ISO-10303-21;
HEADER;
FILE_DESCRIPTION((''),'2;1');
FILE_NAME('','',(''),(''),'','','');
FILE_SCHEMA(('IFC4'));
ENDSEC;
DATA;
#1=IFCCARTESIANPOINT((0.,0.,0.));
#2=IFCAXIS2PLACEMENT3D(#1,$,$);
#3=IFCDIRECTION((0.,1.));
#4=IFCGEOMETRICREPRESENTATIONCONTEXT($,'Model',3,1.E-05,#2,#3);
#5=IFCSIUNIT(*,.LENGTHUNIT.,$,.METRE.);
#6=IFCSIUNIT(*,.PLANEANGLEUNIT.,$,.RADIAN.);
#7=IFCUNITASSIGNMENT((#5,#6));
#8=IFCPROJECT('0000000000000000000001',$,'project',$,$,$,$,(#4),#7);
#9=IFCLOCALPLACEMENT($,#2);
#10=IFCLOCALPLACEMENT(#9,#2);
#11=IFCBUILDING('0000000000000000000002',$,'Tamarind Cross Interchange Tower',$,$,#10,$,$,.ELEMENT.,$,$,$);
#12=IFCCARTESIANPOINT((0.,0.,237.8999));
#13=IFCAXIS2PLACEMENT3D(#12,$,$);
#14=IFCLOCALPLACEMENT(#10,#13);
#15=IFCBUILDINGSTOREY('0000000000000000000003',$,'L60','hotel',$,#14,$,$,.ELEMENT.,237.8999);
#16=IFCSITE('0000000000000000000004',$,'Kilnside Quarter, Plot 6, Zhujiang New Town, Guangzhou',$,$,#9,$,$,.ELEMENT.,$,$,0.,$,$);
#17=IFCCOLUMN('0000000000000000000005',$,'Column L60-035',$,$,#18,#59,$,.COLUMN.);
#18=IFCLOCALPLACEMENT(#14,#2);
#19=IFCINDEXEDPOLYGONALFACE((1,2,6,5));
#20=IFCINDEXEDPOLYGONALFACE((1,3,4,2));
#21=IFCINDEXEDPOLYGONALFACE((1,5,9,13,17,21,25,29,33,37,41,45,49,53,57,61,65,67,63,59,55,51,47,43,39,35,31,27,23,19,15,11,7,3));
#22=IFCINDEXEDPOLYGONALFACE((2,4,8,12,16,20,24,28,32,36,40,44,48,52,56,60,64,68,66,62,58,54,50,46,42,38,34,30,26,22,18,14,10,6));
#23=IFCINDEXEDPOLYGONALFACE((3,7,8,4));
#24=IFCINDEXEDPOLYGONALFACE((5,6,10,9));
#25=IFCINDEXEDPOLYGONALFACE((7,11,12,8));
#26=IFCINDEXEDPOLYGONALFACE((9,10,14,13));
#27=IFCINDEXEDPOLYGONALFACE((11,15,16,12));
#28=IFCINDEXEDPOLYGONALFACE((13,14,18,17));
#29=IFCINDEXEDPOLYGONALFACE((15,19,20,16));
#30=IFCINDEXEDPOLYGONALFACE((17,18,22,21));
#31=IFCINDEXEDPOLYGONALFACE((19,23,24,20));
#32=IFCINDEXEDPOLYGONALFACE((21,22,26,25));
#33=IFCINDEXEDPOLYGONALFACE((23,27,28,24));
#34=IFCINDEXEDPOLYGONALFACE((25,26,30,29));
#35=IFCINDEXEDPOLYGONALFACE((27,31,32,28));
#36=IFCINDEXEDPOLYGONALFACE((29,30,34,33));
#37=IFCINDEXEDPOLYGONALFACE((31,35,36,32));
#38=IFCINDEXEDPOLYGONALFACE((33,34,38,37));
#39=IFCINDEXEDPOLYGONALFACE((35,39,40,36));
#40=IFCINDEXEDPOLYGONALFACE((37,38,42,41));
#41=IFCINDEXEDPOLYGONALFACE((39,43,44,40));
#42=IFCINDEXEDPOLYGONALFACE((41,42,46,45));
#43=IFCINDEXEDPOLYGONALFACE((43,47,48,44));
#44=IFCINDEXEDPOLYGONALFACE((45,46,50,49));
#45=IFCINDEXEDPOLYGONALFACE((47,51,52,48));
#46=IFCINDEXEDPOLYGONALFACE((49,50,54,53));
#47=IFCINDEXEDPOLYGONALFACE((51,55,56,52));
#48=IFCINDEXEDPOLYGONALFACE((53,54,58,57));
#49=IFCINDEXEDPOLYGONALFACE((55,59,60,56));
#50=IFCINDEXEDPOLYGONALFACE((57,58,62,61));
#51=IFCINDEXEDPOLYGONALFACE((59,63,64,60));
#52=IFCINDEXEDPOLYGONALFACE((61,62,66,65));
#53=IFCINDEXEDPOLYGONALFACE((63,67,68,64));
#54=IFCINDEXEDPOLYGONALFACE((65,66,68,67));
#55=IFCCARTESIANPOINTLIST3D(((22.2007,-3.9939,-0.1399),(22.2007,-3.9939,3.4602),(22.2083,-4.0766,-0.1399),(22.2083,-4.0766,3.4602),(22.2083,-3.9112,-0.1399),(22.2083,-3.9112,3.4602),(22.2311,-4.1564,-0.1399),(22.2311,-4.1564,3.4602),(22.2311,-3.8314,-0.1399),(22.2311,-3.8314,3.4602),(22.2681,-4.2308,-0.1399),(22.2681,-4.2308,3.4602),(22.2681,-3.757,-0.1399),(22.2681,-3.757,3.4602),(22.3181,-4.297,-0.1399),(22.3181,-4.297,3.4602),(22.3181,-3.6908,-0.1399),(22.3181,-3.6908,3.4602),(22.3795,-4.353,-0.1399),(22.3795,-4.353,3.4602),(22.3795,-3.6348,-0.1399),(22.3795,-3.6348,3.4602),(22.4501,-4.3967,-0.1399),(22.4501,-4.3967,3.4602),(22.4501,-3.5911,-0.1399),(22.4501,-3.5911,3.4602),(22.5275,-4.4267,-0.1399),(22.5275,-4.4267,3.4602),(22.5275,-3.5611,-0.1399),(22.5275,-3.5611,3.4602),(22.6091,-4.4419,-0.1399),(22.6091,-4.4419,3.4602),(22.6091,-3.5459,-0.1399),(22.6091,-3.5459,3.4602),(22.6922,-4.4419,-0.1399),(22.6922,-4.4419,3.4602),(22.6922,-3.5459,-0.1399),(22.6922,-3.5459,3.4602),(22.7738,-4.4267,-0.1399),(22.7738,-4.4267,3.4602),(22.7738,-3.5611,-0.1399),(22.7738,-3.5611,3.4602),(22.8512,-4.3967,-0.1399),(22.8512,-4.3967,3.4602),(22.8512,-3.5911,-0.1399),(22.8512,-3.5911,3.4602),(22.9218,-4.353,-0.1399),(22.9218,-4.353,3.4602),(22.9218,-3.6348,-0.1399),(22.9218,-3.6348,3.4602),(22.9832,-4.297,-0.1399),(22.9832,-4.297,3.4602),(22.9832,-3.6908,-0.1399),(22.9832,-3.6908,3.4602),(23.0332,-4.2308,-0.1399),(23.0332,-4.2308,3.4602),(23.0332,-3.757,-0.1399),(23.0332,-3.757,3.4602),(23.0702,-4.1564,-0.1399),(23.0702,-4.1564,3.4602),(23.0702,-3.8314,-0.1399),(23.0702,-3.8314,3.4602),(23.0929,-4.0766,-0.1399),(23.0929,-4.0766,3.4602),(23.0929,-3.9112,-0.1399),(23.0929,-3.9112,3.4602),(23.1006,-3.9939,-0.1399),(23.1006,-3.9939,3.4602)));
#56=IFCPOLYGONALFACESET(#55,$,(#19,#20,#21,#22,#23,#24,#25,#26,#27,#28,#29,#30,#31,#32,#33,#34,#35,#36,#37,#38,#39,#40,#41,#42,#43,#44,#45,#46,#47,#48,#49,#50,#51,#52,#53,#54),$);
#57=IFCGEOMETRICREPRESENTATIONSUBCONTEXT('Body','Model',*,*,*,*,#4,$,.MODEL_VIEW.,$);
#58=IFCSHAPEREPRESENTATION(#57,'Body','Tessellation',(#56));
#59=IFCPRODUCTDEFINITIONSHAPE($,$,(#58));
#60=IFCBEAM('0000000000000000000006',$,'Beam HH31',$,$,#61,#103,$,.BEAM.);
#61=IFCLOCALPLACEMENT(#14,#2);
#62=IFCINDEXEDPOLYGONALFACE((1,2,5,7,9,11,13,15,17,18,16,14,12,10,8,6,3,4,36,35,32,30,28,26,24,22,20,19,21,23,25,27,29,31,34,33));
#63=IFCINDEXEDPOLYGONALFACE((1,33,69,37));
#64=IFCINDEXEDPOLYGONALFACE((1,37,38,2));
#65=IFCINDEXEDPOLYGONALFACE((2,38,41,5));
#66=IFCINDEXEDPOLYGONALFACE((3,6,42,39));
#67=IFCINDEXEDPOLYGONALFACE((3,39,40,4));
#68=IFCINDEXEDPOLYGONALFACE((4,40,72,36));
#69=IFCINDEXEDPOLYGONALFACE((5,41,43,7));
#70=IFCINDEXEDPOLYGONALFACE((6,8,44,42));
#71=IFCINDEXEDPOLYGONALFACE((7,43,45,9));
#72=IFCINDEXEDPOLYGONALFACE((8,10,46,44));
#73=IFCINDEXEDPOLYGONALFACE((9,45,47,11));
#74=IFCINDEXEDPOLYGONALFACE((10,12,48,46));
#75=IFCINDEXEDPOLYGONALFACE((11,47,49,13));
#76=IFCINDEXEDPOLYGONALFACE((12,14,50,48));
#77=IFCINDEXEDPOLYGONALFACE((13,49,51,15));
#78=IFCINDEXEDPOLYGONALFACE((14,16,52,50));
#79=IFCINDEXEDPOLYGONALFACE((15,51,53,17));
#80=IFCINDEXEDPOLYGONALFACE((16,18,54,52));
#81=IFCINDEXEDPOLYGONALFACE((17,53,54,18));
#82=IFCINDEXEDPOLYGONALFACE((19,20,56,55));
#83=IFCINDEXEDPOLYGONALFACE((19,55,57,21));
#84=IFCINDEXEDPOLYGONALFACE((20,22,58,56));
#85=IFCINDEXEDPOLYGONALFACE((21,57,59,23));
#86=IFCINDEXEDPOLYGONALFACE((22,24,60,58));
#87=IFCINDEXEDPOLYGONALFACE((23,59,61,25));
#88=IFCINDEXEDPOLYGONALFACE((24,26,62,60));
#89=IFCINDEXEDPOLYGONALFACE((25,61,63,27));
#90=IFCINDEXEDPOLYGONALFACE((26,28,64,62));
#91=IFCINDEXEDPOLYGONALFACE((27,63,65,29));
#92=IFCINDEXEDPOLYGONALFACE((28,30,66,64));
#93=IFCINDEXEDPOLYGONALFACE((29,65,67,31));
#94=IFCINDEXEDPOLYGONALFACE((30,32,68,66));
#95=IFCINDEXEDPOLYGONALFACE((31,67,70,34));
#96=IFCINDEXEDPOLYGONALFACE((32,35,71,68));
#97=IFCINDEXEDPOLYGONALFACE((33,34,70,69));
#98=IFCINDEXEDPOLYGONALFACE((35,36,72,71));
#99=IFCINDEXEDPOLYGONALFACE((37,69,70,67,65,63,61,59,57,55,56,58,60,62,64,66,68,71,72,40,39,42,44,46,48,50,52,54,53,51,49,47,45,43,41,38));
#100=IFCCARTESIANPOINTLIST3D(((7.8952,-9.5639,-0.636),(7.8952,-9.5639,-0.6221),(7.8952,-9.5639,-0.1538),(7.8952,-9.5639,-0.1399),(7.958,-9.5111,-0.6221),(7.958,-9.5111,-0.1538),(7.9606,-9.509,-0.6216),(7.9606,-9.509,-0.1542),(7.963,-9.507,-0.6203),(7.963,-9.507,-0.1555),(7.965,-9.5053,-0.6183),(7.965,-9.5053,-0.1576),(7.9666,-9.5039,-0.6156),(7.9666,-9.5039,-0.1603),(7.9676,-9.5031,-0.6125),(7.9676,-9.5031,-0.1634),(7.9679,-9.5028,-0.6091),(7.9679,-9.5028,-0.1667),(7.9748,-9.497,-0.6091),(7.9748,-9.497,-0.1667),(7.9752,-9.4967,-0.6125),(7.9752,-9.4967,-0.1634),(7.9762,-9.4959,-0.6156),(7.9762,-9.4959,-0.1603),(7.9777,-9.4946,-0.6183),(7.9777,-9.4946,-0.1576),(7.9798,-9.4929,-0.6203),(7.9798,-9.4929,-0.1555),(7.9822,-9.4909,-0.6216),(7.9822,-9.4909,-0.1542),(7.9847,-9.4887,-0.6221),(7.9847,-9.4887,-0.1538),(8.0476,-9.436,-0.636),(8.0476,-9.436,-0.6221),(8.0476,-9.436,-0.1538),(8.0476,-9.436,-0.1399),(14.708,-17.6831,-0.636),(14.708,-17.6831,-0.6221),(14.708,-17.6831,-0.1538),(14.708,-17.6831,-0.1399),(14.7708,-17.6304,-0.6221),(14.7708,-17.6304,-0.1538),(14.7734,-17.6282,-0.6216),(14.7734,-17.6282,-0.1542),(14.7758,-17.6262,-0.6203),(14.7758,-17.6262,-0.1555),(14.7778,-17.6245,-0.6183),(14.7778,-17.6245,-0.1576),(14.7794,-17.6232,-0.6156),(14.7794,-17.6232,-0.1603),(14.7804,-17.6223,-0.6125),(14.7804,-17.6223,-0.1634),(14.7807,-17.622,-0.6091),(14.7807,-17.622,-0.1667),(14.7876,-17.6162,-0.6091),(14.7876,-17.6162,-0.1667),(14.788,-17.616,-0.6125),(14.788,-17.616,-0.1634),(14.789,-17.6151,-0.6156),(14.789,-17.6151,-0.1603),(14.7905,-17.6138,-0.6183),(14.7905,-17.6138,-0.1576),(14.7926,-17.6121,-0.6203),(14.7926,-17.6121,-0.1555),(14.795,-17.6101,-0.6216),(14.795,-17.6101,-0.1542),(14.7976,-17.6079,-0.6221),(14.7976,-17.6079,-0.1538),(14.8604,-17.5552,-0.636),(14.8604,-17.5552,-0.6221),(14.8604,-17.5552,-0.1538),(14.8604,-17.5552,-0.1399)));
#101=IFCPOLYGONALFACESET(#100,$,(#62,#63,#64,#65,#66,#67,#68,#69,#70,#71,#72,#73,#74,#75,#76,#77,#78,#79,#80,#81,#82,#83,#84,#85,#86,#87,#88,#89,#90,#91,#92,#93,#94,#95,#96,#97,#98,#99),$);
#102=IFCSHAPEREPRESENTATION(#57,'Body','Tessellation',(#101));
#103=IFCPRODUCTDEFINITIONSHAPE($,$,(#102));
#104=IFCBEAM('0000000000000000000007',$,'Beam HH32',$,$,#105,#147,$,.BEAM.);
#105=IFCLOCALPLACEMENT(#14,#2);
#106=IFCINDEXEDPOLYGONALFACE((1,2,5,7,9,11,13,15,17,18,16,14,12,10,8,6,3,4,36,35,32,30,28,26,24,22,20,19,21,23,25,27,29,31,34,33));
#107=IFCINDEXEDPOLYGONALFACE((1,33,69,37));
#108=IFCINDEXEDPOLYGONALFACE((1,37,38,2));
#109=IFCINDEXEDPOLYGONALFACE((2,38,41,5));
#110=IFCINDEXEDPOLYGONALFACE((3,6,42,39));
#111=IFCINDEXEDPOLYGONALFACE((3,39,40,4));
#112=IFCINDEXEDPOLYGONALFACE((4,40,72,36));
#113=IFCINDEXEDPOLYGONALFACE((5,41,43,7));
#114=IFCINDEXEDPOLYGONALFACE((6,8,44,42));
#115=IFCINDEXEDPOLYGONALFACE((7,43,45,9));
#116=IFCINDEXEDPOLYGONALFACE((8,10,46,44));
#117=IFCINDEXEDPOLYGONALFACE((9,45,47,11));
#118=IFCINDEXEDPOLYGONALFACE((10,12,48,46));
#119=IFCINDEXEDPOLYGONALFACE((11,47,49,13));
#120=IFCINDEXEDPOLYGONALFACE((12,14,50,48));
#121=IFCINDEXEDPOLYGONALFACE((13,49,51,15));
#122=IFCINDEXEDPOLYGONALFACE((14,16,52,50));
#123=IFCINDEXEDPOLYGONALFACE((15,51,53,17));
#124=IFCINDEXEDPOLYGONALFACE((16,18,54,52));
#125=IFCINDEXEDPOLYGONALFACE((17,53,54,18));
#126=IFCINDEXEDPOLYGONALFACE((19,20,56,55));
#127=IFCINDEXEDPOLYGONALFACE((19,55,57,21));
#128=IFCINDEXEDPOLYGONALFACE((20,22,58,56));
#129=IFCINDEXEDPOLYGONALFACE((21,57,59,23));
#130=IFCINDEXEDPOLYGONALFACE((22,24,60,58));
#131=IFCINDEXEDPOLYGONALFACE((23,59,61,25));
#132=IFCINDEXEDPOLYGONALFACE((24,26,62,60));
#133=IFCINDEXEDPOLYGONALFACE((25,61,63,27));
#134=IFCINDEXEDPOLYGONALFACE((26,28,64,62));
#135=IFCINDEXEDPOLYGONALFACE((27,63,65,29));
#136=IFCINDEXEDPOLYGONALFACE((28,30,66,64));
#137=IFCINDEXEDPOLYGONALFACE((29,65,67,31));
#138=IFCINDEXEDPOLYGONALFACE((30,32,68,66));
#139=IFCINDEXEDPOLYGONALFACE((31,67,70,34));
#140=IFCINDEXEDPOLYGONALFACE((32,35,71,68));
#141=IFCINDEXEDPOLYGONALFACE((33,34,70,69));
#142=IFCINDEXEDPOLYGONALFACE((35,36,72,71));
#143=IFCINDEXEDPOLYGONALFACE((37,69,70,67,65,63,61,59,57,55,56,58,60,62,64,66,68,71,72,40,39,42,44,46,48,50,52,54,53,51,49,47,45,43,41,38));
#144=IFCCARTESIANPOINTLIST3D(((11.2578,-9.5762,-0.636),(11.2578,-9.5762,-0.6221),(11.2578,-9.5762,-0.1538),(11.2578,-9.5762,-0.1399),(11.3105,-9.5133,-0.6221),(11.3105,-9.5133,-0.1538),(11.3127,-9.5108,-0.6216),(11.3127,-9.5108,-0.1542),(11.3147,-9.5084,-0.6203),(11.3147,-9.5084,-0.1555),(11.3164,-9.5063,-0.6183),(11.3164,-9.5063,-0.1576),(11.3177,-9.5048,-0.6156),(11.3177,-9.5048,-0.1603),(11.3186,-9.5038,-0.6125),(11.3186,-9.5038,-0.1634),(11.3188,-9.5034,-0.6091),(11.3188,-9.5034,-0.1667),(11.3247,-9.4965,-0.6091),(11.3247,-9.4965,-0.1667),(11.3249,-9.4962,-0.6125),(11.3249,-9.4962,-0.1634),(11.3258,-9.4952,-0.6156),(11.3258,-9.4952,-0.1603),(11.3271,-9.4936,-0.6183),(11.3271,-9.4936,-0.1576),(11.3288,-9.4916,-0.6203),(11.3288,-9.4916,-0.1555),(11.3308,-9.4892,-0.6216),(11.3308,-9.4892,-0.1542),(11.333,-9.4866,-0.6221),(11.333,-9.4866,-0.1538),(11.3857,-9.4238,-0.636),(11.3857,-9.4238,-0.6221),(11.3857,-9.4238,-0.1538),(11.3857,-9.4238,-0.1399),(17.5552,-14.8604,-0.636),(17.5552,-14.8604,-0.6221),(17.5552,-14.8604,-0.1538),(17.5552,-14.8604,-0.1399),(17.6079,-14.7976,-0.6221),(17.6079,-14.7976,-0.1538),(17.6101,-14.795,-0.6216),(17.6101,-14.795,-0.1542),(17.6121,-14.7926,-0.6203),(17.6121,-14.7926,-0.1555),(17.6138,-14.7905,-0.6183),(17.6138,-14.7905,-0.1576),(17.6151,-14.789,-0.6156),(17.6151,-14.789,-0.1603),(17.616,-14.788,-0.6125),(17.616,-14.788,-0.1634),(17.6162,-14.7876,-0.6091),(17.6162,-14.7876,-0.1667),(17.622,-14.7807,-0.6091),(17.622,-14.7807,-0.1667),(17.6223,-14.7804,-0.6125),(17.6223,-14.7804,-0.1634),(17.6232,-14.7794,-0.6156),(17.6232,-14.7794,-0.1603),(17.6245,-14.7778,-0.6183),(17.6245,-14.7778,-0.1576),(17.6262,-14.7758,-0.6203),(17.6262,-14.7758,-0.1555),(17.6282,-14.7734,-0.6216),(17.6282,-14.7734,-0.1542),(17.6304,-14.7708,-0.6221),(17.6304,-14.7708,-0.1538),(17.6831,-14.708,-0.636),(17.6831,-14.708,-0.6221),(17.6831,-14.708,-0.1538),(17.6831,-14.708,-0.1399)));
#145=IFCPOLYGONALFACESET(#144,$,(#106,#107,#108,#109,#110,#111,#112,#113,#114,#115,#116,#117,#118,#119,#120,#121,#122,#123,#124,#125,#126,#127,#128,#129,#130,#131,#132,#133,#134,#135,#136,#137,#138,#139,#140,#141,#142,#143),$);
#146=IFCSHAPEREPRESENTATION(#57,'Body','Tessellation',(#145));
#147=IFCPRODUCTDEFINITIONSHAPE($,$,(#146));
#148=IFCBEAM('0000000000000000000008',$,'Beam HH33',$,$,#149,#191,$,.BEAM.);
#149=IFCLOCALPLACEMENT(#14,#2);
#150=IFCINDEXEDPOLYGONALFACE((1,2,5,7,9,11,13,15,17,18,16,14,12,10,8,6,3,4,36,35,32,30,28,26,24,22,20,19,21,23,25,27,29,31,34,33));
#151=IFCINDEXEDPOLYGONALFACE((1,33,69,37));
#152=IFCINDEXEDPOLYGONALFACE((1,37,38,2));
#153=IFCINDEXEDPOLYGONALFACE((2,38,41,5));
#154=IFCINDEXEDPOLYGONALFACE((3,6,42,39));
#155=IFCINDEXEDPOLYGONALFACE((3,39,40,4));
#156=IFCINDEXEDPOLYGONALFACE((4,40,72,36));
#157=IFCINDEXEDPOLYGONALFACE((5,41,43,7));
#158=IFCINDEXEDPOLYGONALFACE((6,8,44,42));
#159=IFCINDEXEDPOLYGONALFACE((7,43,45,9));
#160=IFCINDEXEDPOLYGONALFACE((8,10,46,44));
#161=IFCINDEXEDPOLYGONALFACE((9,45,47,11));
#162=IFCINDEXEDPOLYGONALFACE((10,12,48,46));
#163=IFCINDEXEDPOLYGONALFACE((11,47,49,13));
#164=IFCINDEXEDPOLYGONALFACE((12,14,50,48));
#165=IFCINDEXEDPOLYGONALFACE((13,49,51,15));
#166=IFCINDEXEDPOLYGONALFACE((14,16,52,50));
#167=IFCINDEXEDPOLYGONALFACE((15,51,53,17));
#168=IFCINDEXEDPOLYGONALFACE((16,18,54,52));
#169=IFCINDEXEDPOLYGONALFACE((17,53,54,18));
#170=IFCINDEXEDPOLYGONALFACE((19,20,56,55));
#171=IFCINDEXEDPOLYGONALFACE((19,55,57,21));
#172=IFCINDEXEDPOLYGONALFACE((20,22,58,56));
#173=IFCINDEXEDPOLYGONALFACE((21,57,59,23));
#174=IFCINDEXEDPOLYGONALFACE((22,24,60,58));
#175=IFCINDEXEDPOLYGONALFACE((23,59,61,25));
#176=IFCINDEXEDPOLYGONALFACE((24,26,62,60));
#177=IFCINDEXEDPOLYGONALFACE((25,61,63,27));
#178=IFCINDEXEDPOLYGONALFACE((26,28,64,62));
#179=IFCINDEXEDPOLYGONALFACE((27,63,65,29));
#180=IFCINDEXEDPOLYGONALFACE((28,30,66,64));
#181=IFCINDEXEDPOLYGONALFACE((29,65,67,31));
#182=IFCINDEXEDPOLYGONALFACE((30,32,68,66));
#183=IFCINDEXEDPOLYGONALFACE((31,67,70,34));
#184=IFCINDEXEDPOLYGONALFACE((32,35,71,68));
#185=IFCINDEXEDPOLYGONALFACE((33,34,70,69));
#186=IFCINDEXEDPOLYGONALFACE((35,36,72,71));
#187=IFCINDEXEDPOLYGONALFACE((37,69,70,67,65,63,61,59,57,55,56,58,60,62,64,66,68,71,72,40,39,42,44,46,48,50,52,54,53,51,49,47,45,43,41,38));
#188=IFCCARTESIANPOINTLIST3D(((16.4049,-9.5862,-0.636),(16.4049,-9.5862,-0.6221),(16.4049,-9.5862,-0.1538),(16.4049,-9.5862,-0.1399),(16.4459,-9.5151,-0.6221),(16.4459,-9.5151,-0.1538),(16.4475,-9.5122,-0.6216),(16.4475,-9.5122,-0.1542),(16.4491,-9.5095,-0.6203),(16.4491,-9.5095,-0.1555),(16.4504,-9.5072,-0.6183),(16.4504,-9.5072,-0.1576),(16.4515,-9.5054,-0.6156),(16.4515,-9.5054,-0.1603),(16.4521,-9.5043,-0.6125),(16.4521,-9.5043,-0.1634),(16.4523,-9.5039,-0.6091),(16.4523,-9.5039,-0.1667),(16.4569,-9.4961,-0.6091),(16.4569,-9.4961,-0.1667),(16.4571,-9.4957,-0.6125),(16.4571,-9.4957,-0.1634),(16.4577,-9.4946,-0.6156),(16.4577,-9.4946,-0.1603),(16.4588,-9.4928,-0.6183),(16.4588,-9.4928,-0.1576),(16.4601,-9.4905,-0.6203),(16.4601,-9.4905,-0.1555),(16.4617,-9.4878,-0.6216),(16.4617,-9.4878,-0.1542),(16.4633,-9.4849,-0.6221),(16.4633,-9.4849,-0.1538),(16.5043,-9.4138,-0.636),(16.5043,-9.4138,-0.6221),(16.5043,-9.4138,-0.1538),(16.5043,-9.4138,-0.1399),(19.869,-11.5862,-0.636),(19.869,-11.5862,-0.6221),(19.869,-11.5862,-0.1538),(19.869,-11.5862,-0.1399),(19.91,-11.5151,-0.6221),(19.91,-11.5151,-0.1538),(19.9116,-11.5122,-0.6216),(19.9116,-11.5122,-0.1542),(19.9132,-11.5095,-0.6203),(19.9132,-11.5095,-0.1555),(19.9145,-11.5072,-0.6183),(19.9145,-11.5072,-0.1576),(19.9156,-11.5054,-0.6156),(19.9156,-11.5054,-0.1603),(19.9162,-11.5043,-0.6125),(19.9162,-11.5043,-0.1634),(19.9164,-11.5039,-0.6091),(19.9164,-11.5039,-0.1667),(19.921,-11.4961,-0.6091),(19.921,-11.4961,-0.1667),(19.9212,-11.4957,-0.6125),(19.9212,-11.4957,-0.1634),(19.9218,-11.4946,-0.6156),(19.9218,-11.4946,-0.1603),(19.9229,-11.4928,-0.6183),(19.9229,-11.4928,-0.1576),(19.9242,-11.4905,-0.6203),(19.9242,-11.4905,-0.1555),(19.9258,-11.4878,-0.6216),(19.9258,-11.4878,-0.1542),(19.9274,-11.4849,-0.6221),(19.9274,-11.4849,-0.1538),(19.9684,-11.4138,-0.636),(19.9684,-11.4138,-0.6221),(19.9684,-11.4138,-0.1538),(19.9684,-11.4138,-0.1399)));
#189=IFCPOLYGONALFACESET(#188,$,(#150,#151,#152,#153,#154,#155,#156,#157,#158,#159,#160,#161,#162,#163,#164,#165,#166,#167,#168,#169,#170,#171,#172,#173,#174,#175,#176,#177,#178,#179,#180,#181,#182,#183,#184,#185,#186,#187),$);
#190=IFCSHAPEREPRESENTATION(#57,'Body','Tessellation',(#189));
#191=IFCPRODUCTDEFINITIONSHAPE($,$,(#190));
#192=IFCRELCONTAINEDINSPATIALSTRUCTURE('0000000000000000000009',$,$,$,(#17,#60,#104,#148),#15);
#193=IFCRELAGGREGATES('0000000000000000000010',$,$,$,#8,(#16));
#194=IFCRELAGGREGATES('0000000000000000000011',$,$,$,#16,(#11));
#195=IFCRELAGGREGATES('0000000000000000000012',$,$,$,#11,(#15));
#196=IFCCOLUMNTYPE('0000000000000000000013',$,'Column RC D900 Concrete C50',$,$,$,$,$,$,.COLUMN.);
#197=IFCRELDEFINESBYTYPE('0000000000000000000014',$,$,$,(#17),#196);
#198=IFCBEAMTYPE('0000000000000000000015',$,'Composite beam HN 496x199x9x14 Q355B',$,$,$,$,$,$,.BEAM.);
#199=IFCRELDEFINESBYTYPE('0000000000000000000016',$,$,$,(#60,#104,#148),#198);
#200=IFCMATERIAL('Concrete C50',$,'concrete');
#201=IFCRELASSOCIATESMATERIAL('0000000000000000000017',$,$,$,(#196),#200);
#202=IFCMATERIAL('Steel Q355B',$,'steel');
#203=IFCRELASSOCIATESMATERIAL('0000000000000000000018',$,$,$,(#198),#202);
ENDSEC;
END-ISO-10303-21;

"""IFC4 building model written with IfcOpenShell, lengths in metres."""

from ifc_helpers import new_model, si_unit, direction, frame, origin, origin_2d, place, context, subcontext, project, spatial, circle, i_section, extrude, material, material_profile, profile_set, type_object, element, save


model = new_model("IFC4")

# Units and contexts
model_context = context("Model", 3, precision=1e-05, world=origin(), true_north=direction((0.0, 1.0)))
body_context = subcontext(model_context, "Body", "Model", "MODEL_VIEW")
ifc_project = project(units=[si_unit("LENGTHUNIT", "METRE"), si_unit("PLANEANGLEUNIT", "RADIAN")], contexts=[model_context])

# Site, building, storey
site_placement = place(None, origin())
site = spatial("IfcSite", under=ifc_project, at=site_placement, Name="Kilnside Quarter, Plot 6, Zhujiang New Town, Guangzhou", CompositionType="ELEMENT", RefElevation=0.0)
building_placement = place(site_placement, origin())
building = spatial("IfcBuilding", under=site, at=building_placement, Name="Tamarind Cross Interchange Tower", CompositionType="ELEMENT")
storey_placement = place(building_placement, frame((0.0, 0.0, 237.8999)))
storey = spatial("IfcBuildingStorey", under=building, at=storey_placement, Name="L60", Description="hotel", CompositionType="ELEMENT", Elevation=237.8999)

# Column
ifc_material_1 = material(Name="Concrete C50", Category="concrete")
ifc_material_profile_1 = material_profile(ifc_material_1, circle(Radius=0.45, at=origin_2d()), Name="RC D900")
ifc_profile_set_1 = profile_set([ifc_material_profile_1], Name="Concrete C50")
column_type = type_object("IfcColumnType", Name="Column RC D900 Concrete C50", PredefinedType="COLUMN", material=ifc_profile_set_1)
for number, where, z_axis, x_axis, name in (
    (1, (22.6506, -3.9939, -0.1399), (0.0, 0.0, 1.0), (1.0, 0.0, 0.0), "Column L60-035"),
):
    element("IfcColumn", number, at=place(storey_placement, frame(where, z_axis=z_axis, x_axis=x_axis)), inside=storey, type_object=column_type, Name=name, PredefinedType="COLUMN", context=body_context, shape_type="SweptSolid", body=[
        extrude(circle(Radius=0.45, at=origin_2d()), origin(), (0.0, 0.0, 1.0), 3.6001),
    ])

# Beams
ifc_material_2 = material(Name="Steel Q355B", Category="steel")
ifc_material_profile_2 = material_profile(ifc_material_2, i_section(OverallWidth=0.199, OverallDepth=0.4961, WebThickness=0.009, FlangeThickness=0.0139, FilletRadius=0.0129, at=origin_2d()), Name="HN 496x199x9x14")
ifc_profile_set_2 = profile_set([ifc_material_profile_2], Name="Steel Q355B")
beam_type = type_object("IfcBeamType", Name="Composite beam HN 496x199x9x14 Q355B", PredefinedType="BEAM", material=ifc_profile_set_2)
beam_1_placement = place(storey_placement, frame((14.7842, -17.6191, -0.3879), z_axis=(-0.642786, 0.766046, 0.0), x_axis=(-0.766046, -0.642786, 0.0)))
element("IfcBeam", 2, at=beam_1_placement, inside=storey, type_object=beam_type, Name="Beam HH31", PredefinedType="BEAM", context=body_context, shape_type="SweptSolid", body=[
    extrude(i_section(OverallWidth=0.199, OverallDepth=0.4961, WebThickness=0.009, FlangeThickness=0.0139, FilletRadius=0.0129, at=origin_2d()), origin(), (0.0, 0.0, 1.0), 10.5989),
])
beam_2_placement = place(storey_placement, frame((17.6191, -14.7842, -0.3879), z_axis=(-0.766041, 0.642792, 0.0), x_axis=(-0.642792, -0.766041, 0.0)))
element("IfcBeam", 3, at=beam_2_placement, inside=storey, type_object=beam_type, Name="Beam HH32", PredefinedType="BEAM", context=body_context, shape_type="SweptSolid", body=[
    extrude(i_section(OverallWidth=0.199, OverallDepth=0.4961, WebThickness=0.009, FlangeThickness=0.0139, FilletRadius=0.0129, at=origin_2d()), origin(), (0.0, 0.0, 1.0), 8.2207),
])
beam_3_placement = place(storey_placement, frame((19.9187, -11.5, -0.3879), z_axis=(-0.866026, 0.499999, 0.0), x_axis=(-0.499999, -0.866026, 0.0)))
element("IfcBeam", 4, at=beam_3_placement, inside=storey, type_object=beam_type, Name="Beam HH33", PredefinedType="BEAM", context=body_context, shape_type="SweptSolid", body=[
    extrude(i_section(OverallWidth=0.199, OverallDepth=0.4961, WebThickness=0.009, FlangeThickness=0.0139, FilletRadius=0.0129, at=origin_2d()), origin(), (0.0, 0.0, 1.0), 4.0),
])

save(model, "model.ifc")
